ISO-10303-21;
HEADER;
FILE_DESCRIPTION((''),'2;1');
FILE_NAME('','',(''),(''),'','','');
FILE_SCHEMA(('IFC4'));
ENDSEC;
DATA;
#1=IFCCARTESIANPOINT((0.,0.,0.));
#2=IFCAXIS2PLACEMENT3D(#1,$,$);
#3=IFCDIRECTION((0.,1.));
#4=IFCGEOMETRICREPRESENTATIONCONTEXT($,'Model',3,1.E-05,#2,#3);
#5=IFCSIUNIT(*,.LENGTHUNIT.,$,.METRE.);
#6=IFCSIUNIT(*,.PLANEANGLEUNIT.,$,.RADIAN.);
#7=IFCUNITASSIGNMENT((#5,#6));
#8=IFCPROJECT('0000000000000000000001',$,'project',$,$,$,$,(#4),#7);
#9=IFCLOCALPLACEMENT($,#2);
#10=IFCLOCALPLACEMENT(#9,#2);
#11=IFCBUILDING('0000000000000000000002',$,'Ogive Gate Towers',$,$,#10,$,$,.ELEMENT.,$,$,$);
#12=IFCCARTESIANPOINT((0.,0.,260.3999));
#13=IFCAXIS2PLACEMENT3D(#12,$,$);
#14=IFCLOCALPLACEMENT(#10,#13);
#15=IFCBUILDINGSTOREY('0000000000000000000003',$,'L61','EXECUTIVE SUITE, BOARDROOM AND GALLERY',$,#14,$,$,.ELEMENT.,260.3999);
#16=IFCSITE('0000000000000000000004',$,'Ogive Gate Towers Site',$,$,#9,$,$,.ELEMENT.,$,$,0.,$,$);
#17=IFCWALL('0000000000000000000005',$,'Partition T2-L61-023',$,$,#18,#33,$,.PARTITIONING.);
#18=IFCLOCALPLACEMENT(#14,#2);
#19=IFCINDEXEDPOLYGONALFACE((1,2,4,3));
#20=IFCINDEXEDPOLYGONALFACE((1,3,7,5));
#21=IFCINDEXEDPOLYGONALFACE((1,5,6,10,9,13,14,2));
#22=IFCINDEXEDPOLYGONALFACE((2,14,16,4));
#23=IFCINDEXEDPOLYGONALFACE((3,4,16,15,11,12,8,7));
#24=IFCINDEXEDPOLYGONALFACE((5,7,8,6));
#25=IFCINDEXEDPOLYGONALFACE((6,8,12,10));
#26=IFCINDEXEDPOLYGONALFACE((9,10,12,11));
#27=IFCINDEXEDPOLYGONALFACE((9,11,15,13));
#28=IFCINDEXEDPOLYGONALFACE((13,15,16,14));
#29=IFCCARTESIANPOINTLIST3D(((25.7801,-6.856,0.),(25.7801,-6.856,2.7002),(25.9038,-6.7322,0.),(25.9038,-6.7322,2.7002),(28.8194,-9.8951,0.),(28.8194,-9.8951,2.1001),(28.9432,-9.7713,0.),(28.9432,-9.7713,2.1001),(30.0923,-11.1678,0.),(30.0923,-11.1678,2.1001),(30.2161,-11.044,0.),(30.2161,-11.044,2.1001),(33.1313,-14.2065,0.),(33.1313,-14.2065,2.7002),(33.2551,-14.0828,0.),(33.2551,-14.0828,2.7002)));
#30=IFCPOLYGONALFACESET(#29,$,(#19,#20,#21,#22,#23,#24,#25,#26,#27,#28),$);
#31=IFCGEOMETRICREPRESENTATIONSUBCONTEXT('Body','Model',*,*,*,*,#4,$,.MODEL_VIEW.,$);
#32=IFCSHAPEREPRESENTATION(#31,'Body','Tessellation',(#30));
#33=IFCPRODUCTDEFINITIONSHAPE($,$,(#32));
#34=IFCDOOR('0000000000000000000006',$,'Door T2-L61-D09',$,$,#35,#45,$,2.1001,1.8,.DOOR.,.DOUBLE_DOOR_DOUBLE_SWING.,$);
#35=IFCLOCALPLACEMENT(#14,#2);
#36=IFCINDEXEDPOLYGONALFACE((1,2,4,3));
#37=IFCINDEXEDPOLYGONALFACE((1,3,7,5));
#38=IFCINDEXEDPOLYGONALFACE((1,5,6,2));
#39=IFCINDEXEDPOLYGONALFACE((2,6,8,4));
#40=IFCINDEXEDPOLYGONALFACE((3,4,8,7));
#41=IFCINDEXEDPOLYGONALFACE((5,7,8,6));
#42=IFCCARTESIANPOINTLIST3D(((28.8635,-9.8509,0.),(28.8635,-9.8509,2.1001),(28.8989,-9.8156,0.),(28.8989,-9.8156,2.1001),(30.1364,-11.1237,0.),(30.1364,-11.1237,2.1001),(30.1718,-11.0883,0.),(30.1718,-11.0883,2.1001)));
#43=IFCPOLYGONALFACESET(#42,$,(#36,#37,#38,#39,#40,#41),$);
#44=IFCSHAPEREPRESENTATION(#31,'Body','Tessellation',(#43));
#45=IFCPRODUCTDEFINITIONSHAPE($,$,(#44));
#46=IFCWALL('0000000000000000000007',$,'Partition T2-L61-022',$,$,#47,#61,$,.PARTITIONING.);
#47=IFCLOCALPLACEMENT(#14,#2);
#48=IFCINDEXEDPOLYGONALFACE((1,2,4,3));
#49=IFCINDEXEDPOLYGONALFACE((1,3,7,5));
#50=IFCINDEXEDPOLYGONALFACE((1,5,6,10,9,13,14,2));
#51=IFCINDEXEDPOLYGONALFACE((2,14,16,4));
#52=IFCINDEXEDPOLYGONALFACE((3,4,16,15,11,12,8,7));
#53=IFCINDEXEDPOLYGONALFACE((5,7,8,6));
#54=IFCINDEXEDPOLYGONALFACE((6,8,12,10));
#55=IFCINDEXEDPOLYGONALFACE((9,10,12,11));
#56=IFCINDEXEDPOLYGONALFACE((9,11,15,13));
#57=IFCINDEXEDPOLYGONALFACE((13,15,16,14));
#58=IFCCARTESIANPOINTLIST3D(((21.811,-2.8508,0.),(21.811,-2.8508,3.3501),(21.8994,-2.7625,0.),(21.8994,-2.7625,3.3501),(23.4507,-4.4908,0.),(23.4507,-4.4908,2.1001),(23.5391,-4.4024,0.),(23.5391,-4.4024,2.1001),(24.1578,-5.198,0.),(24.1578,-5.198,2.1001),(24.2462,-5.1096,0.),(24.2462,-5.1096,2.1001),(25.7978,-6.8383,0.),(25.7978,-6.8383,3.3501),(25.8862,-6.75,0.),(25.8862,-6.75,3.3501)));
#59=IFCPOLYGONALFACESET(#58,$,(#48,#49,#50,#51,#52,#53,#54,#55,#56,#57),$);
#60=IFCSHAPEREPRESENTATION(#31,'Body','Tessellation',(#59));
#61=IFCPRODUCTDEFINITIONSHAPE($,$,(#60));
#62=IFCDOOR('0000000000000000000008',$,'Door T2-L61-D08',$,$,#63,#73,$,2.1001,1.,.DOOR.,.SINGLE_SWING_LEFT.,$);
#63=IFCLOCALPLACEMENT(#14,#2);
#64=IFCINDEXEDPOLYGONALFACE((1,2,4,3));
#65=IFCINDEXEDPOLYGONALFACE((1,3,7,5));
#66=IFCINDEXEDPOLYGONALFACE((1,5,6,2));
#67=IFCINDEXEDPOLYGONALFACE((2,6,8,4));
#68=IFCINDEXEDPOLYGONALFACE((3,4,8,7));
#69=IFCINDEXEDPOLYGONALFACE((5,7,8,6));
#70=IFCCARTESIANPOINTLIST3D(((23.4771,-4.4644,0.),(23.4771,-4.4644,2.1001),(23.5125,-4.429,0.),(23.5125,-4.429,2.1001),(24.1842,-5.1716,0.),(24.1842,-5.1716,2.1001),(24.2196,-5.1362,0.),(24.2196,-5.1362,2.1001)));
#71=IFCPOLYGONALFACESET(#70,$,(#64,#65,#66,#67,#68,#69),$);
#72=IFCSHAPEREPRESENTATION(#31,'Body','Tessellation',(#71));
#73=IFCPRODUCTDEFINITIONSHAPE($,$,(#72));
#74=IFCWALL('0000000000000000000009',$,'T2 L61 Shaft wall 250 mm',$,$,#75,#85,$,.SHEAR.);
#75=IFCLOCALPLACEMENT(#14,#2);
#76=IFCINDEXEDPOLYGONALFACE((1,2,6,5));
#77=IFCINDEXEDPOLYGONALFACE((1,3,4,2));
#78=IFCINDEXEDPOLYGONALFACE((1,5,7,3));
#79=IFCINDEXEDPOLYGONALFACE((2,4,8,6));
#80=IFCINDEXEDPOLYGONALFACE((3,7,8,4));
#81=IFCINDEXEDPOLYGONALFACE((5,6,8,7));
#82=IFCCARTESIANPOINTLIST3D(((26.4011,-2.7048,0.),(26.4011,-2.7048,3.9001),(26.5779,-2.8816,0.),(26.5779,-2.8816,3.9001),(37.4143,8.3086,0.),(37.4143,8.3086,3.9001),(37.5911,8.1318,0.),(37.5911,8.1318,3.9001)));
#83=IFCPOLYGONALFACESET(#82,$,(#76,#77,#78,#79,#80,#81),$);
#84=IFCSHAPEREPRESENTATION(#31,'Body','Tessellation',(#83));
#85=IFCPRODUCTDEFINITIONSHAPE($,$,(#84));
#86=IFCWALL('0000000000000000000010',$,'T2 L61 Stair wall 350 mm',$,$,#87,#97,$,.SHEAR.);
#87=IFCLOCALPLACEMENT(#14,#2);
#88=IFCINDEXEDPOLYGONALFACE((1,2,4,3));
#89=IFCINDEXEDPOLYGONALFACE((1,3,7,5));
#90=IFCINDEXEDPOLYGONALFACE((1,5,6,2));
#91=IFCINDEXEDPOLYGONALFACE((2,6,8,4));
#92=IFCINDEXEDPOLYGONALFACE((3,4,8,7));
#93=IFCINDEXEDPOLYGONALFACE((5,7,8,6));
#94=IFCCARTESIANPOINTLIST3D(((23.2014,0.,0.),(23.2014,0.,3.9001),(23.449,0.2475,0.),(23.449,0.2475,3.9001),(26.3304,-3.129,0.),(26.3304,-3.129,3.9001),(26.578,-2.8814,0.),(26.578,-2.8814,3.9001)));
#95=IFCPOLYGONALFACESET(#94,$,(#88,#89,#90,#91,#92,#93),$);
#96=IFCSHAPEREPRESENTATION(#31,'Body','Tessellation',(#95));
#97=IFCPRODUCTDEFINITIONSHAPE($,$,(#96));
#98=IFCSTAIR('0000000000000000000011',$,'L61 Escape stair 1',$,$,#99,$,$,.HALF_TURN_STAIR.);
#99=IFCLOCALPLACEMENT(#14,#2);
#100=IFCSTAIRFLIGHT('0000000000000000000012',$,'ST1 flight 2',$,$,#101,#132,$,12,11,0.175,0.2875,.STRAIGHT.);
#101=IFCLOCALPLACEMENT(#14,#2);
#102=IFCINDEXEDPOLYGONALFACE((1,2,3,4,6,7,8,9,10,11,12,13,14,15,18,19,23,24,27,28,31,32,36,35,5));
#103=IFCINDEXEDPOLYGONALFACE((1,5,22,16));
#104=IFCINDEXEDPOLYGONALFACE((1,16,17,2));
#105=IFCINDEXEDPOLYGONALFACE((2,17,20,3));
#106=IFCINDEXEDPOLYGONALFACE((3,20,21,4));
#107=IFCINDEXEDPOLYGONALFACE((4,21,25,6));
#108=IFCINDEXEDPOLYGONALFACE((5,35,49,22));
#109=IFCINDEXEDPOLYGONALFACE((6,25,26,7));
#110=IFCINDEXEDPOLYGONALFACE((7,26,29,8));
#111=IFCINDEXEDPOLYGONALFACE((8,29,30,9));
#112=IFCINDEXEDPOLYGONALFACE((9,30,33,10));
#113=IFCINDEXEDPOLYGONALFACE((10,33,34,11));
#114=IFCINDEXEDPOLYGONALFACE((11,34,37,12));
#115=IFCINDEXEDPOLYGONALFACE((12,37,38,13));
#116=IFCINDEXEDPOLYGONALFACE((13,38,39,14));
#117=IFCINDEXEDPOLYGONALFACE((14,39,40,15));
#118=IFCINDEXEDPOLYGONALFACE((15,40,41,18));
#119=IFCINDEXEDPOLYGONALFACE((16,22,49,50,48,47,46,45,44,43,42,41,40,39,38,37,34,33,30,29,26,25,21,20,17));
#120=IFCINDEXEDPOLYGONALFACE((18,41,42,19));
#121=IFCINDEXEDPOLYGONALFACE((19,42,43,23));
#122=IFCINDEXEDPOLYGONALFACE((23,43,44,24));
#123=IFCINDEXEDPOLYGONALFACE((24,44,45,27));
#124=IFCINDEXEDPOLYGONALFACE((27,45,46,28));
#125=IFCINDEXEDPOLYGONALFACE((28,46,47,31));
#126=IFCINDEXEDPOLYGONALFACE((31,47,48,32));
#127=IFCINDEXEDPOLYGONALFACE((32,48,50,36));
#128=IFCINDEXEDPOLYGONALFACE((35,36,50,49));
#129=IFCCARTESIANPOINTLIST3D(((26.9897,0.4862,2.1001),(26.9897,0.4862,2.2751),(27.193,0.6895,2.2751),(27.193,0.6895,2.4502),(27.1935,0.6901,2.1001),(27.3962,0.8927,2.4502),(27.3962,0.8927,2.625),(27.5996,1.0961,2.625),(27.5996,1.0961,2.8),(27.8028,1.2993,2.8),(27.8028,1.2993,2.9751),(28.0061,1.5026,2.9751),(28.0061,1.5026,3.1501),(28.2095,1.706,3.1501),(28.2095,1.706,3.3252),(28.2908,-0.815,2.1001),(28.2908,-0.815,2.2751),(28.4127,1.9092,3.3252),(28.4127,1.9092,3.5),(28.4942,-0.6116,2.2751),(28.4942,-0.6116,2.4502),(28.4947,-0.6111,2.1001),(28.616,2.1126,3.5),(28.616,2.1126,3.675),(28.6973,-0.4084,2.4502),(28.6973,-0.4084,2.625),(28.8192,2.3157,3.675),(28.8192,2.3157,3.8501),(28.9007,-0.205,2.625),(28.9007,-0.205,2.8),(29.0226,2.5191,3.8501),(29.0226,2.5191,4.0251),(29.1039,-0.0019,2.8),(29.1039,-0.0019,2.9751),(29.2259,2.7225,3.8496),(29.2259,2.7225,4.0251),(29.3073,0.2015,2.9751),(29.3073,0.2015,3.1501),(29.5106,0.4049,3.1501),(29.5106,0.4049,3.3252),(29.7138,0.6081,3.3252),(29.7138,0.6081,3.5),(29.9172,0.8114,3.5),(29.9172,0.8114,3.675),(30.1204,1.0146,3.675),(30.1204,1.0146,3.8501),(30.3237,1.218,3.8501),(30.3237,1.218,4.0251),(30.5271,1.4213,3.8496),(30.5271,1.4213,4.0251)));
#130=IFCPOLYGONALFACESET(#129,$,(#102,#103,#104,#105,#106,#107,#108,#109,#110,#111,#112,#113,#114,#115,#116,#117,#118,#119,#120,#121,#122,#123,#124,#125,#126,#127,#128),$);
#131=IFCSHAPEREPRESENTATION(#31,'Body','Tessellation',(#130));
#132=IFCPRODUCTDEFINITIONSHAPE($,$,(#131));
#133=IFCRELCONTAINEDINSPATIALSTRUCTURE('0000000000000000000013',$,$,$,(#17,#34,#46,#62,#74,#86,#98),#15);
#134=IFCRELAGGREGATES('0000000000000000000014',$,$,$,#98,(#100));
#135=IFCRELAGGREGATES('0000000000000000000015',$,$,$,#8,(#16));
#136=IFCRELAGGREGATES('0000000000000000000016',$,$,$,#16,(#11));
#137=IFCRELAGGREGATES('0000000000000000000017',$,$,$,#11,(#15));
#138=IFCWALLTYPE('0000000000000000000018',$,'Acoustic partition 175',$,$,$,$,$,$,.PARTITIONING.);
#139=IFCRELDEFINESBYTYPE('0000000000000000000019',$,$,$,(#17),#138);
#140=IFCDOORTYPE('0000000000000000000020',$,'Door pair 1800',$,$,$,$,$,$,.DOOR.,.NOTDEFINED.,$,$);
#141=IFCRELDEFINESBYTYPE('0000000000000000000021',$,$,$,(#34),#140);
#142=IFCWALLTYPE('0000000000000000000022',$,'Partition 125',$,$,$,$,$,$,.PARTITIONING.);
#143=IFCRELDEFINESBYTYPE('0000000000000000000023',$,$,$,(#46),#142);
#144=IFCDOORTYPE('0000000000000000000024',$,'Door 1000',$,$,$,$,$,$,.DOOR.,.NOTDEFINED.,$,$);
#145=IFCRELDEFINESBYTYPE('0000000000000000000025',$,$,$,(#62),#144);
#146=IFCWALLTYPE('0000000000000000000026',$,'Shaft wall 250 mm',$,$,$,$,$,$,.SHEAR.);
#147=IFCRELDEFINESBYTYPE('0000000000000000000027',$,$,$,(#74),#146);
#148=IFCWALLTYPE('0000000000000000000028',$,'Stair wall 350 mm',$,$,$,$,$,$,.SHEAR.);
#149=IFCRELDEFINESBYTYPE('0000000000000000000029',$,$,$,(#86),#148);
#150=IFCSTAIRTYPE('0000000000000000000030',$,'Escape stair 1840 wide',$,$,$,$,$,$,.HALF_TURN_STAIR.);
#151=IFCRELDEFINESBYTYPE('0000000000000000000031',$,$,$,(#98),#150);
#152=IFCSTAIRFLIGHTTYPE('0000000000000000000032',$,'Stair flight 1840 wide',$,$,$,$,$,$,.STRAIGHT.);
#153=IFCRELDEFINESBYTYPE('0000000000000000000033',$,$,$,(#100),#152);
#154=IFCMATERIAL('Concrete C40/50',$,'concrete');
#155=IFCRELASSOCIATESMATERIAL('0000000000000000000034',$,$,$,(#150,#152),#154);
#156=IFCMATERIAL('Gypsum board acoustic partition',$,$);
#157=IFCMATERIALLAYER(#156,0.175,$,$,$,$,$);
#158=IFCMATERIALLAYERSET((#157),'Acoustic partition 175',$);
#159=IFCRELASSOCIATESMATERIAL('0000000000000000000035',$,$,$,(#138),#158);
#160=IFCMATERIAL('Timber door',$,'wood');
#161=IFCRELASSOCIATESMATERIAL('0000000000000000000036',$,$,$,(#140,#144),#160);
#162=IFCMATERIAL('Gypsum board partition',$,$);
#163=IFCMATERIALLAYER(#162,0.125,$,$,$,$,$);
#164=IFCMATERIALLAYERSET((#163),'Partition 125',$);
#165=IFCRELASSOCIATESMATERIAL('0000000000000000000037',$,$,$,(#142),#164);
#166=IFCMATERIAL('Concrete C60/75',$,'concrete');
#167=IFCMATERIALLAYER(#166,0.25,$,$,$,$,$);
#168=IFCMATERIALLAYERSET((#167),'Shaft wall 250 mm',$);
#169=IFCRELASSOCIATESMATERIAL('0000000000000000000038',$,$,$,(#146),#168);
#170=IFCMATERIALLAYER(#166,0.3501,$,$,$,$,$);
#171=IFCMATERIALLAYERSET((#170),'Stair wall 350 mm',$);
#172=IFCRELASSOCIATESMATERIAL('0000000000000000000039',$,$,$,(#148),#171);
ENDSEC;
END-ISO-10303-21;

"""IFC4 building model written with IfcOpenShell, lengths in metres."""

from ifc_helpers import new_model, si_unit, direction, frame, frame_2d, origin, place, context, subcontext, project, spatial, polyline, rectangle, outline, extrude, material, layer, layer_set, type_object, element, fill, aggregate, save


model = new_model("IFC4")

# Units and contexts
model_context = context("Model", 3, precision=1e-05, world=origin(), true_north=direction((0.0, 1.0)))
body_context = subcontext(model_context, "Body", "Model", "MODEL_VIEW")
ifc_project = project(units=[si_unit("LENGTHUNIT", "METRE"), si_unit("PLANEANGLEUNIT", "RADIAN")], contexts=[model_context])

# Site, building, storey
site_placement = place(None, origin())
site = spatial("IfcSite", under=ifc_project, at=site_placement, Name="Ogive Gate Towers Site", CompositionType="ELEMENT", RefElevation=0.0)
building_placement = place(site_placement, origin())
building = spatial("IfcBuilding", under=site, at=building_placement, Name="Ogive Gate Towers", CompositionType="ELEMENT")
storey_placement = place(building_placement, frame((0.0, 0.0, 260.3999)))
storey = spatial("IfcBuildingStorey", under=building, at=storey_placement, Name="L61", Description="EXECUTIVE SUITE, BOARDROOM AND GALLERY", CompositionType="ELEMENT", Elevation=260.3999)

# Shared definitions
ifc_material_1 = material(Name="Concrete C40/50", Category="concrete")

# Shared definitions
stair_type = type_object("IfcStairType", Name="Escape stair 1840 wide", PredefinedType="HALF_TURN_STAIR", material=ifc_material_1)

# Shared definitions
ifc_material_2 = material(Name="Gypsum board acoustic partition")
ifc_layer_1 = layer(ifc_material_2, 0.175)
ifc_layer_set_1 = layer_set([ifc_layer_1], Name="Acoustic partition 175")
wall_type_1 = type_object("IfcWallType", Name="Acoustic partition 175", PredefinedType="PARTITIONING", material=ifc_layer_set_1)

# Walls, openings, doors
wall_1_placement = place(storey_placement, frame((25.842, -6.7942, 0.0), z_axis=(0.0, 0.0, 1.0), x_axis=(0.707142, -0.707072, 0.0)))
wall_1 = element("IfcWall", 1, at=wall_1_placement, inside=storey, type_object=wall_type_1, Name="Partition T2-L61-023", PredefinedType="PARTITIONING", context=body_context, shape_type="SweptSolid", body=[
    extrude(rectangle(XDim=10.3958, YDim=0.175, at=frame_2d((5.1978, 0.0))), origin(), (0.0, 0.0, 1.0), 2.7002),
])
opening_1_placement = place(wall_1_placement, frame((4.2981, 0.0, 0.0)))
opening_1 = element("IfcOpeningElement", 2, at=opening_1_placement, cuts=wall_1, PredefinedType="OPENING", context=body_context, shape_type="SweptSolid", body=[
    extrude(rectangle(XDim=1.8, YDim=2.1001, at=frame_2d((0.8999, 1.05))), frame((0.0, 0.0977, 0.0), z_axis=(0.0, -1.0, 0.0), x_axis=(1.0, 0.0, 0.0)), (0.0, 0.0, 1.0), 0.1951),
])
ifc_material_3 = material(Name="Timber door", Category="wood")
door_type_1 = type_object("IfcDoorType", Name="Door pair 1800", OperationType="NOTDEFINED", PredefinedType="DOOR", material=ifc_material_3)
door_1_placement = place(opening_1_placement, origin())
door_1 = element("IfcDoor", 3, at=door_1_placement, inside=storey, type_object=door_type_1, Name="Door T2-L61-D09", OperationType="DOUBLE_DOOR_DOUBLE_SWING", OverallHeight=2.1001, OverallWidth=1.8, PredefinedType="DOOR", context=body_context, shape_type="SweptSolid", body=[
    extrude(rectangle(XDim=1.8, YDim=2.1001, at=frame_2d((0.8999, 1.05))), frame((0.0, 0.0249, 0.0), z_axis=(0.0, -1.0, 0.0), x_axis=(1.0, 0.0, 0.0)), (0.0, 0.0, 1.0), 0.05),
])
fill(opening_1, door_1)
ifc_material_4 = material(Name="Gypsum board partition")
ifc_layer_2 = layer(ifc_material_4, 0.125)
ifc_layer_set_2 = layer_set([ifc_layer_2], Name="Partition 125")
wall_type_2 = type_object("IfcWallType", Name="Partition 125", PredefinedType="PARTITIONING", material=ifc_layer_set_2)
wall_2_placement = place(storey_placement, frame((21.8552, -2.8066, 0.0), z_axis=(0.0, 0.0, 1.0), x_axis=(0.707042, -0.707172, 0.0)))
wall_2 = element("IfcWall", 4, at=wall_2_placement, inside=storey, type_object=wall_type_2, Name="Partition T2-L61-022", PredefinedType="PARTITIONING", context=body_context, shape_type="SweptSolid", body=[
    extrude(rectangle(XDim=5.6387, YDim=0.125, at=frame_2d((2.8193, 0.0))), origin(), (0.0, 0.0, 1.0), 3.3501),
])
opening_2_placement = place(wall_2_placement, frame((2.3191, 0.0, 0.0)))
opening_2 = element("IfcOpeningElement", 5, at=opening_2_placement, cuts=wall_2, PredefinedType="OPENING", context=body_context, shape_type="SweptSolid", body=[
    extrude(rectangle(XDim=1.0, YDim=2.1001, at=frame_2d((0.5, 1.05))), frame((0.0, 0.0725, 0.0), z_axis=(0.0, -1.0, 0.0), x_axis=(1.0, 0.0, 0.0)), (0.0, 0.0, 1.0), 0.145),
])
door_type_2 = type_object("IfcDoorType", Name="Door 1000", OperationType="NOTDEFINED", PredefinedType="DOOR", material=ifc_material_3)
door_2_placement = place(opening_2_placement, origin())
door_2 = element("IfcDoor", 6, at=door_2_placement, inside=storey, type_object=door_type_2, Name="Door T2-L61-D08", OperationType="SINGLE_SWING_LEFT", OverallHeight=2.1001, OverallWidth=1.0, PredefinedType="DOOR", context=body_context, shape_type="SweptSolid", body=[
    extrude(rectangle(XDim=1.0, YDim=2.1001, at=frame_2d((0.5, 1.05))), frame((0.0, 0.0249, 0.0), z_axis=(0.0, -1.0, 0.0), x_axis=(1.0, 0.0, 0.0)), (0.0, 0.0, 1.0), 0.05),
])
fill(opening_2, door_2)

# Walls
ifc_material_5 = material(Name="Concrete C60/75", Category="concrete")
ifc_layer_3 = layer(ifc_material_5, 0.25)
ifc_layer_set_3 = layer_set([ifc_layer_3], Name="Shaft wall 250 mm")
wall_type_3 = type_object("IfcWallType", Name="Shaft wall 250 mm", PredefinedType="SHEAR", material=ifc_layer_set_3)
wall_3_placement = place(storey_placement, frame((26.4895, -2.7932, 0.0), z_axis=(0.0, 0.0, 1.0), x_axis=(0.707099, 0.707115, 0.0)))
element("IfcWall", 7, at=wall_3_placement, inside=storey, type_object=wall_type_3, Name="T2 L61 Shaft wall 250 mm", PredefinedType="SHEAR", context=body_context, shape_type="SweptSolid", body=[
    extrude(rectangle(XDim=15.5752, YDim=0.25, at=frame_2d((7.7876, 0.0))), origin(), (0.0, 0.0, 1.0), 3.9001),
])
ifc_layer_4 = layer(ifc_material_5, 0.3501)
ifc_layer_set_4 = layer_set([ifc_layer_4], Name="Stair wall 350 mm")
wall_type_4 = type_object("IfcWallType", Name="Stair wall 350 mm", PredefinedType="SHEAR", material=ifc_layer_set_4)
wall_4_placement = place(storey_placement, frame((26.4541, -3.0051, 0.0), z_axis=(0.0, 0.0, 1.0), x_axis=(-0.707107, 0.707107, 0.0)))
element("IfcWall", 8, at=wall_4_placement, inside=storey, type_object=wall_type_4, Name="T2 L61 Stair wall 350 mm", PredefinedType="SHEAR", context=body_context, shape_type="SweptSolid", body=[
    extrude(rectangle(XDim=4.425, YDim=0.3501, at=frame_2d((2.2124, 0.0))), origin(), (0.0, 0.0, 1.0), 3.9001),
])

# Stair, stair flight
stair_1_placement = place(storey_placement, origin())
stair_1 = element("IfcStair", 9, at=stair_1_placement, inside=storey, type_object=stair_type, Name="L61 Escape stair 1", PredefinedType="HALF_TURN_STAIR")
stair_flight_type = type_object("IfcStairFlightType", Name="Stair flight 1840 wide", PredefinedType="STRAIGHT", material=ifc_material_1)
stair_flight_placement = place(storey_placement, frame((27.6401, -0.1643, 2.1001), z_axis=(0.0, 0.0, 1.0), x_axis=(0.707107, 0.707107, 0.0)))
stair_flight = element("IfcStairFlight", 10, at=stair_flight_placement, type_object=stair_flight_type, Name="ST1 flight 2", NumberOfRisers=12, NumberOfTreads=11, PredefinedType="STRAIGHT", RiserHeight=0.175, TreadLength=0.2875, context=body_context, shape_type="SweptSolid", body=[
    extrude(outline(polyline([(0.0, 0.0), (0.0, 0.175), (0.2876, 0.175), (0.2876, 0.3501), (0.575, 0.3501), (0.575, 0.5249), (0.8625, 0.5249), (0.8625, 0.7), (1.1499, 0.7), (1.1499, 0.875), (1.4375, 0.875), (1.4375, 1.05), (1.7251, 1.05), (1.7251, 1.2251), (2.0125, 1.2251), (2.0125, 1.3999), (2.3, 1.3999), (2.3, 1.575), (2.5874, 1.575), (2.5874, 1.75), (2.875, 1.75), (2.875, 1.925), (3.1626, 1.925), (3.1626, 2.1001), (3.1626, 1.7495), (0.2883, 0.0), (0.0, 0.0)])), frame((0.0, 0.9199, 0.0), z_axis=(0.0, -1.0, 0.0), x_axis=(1.0, 0.0, 0.0)), (0.0, 0.0, 1.0), 1.8401),
])
aggregate(stair_1, [stair_flight])

save(model, "model.ifc")
